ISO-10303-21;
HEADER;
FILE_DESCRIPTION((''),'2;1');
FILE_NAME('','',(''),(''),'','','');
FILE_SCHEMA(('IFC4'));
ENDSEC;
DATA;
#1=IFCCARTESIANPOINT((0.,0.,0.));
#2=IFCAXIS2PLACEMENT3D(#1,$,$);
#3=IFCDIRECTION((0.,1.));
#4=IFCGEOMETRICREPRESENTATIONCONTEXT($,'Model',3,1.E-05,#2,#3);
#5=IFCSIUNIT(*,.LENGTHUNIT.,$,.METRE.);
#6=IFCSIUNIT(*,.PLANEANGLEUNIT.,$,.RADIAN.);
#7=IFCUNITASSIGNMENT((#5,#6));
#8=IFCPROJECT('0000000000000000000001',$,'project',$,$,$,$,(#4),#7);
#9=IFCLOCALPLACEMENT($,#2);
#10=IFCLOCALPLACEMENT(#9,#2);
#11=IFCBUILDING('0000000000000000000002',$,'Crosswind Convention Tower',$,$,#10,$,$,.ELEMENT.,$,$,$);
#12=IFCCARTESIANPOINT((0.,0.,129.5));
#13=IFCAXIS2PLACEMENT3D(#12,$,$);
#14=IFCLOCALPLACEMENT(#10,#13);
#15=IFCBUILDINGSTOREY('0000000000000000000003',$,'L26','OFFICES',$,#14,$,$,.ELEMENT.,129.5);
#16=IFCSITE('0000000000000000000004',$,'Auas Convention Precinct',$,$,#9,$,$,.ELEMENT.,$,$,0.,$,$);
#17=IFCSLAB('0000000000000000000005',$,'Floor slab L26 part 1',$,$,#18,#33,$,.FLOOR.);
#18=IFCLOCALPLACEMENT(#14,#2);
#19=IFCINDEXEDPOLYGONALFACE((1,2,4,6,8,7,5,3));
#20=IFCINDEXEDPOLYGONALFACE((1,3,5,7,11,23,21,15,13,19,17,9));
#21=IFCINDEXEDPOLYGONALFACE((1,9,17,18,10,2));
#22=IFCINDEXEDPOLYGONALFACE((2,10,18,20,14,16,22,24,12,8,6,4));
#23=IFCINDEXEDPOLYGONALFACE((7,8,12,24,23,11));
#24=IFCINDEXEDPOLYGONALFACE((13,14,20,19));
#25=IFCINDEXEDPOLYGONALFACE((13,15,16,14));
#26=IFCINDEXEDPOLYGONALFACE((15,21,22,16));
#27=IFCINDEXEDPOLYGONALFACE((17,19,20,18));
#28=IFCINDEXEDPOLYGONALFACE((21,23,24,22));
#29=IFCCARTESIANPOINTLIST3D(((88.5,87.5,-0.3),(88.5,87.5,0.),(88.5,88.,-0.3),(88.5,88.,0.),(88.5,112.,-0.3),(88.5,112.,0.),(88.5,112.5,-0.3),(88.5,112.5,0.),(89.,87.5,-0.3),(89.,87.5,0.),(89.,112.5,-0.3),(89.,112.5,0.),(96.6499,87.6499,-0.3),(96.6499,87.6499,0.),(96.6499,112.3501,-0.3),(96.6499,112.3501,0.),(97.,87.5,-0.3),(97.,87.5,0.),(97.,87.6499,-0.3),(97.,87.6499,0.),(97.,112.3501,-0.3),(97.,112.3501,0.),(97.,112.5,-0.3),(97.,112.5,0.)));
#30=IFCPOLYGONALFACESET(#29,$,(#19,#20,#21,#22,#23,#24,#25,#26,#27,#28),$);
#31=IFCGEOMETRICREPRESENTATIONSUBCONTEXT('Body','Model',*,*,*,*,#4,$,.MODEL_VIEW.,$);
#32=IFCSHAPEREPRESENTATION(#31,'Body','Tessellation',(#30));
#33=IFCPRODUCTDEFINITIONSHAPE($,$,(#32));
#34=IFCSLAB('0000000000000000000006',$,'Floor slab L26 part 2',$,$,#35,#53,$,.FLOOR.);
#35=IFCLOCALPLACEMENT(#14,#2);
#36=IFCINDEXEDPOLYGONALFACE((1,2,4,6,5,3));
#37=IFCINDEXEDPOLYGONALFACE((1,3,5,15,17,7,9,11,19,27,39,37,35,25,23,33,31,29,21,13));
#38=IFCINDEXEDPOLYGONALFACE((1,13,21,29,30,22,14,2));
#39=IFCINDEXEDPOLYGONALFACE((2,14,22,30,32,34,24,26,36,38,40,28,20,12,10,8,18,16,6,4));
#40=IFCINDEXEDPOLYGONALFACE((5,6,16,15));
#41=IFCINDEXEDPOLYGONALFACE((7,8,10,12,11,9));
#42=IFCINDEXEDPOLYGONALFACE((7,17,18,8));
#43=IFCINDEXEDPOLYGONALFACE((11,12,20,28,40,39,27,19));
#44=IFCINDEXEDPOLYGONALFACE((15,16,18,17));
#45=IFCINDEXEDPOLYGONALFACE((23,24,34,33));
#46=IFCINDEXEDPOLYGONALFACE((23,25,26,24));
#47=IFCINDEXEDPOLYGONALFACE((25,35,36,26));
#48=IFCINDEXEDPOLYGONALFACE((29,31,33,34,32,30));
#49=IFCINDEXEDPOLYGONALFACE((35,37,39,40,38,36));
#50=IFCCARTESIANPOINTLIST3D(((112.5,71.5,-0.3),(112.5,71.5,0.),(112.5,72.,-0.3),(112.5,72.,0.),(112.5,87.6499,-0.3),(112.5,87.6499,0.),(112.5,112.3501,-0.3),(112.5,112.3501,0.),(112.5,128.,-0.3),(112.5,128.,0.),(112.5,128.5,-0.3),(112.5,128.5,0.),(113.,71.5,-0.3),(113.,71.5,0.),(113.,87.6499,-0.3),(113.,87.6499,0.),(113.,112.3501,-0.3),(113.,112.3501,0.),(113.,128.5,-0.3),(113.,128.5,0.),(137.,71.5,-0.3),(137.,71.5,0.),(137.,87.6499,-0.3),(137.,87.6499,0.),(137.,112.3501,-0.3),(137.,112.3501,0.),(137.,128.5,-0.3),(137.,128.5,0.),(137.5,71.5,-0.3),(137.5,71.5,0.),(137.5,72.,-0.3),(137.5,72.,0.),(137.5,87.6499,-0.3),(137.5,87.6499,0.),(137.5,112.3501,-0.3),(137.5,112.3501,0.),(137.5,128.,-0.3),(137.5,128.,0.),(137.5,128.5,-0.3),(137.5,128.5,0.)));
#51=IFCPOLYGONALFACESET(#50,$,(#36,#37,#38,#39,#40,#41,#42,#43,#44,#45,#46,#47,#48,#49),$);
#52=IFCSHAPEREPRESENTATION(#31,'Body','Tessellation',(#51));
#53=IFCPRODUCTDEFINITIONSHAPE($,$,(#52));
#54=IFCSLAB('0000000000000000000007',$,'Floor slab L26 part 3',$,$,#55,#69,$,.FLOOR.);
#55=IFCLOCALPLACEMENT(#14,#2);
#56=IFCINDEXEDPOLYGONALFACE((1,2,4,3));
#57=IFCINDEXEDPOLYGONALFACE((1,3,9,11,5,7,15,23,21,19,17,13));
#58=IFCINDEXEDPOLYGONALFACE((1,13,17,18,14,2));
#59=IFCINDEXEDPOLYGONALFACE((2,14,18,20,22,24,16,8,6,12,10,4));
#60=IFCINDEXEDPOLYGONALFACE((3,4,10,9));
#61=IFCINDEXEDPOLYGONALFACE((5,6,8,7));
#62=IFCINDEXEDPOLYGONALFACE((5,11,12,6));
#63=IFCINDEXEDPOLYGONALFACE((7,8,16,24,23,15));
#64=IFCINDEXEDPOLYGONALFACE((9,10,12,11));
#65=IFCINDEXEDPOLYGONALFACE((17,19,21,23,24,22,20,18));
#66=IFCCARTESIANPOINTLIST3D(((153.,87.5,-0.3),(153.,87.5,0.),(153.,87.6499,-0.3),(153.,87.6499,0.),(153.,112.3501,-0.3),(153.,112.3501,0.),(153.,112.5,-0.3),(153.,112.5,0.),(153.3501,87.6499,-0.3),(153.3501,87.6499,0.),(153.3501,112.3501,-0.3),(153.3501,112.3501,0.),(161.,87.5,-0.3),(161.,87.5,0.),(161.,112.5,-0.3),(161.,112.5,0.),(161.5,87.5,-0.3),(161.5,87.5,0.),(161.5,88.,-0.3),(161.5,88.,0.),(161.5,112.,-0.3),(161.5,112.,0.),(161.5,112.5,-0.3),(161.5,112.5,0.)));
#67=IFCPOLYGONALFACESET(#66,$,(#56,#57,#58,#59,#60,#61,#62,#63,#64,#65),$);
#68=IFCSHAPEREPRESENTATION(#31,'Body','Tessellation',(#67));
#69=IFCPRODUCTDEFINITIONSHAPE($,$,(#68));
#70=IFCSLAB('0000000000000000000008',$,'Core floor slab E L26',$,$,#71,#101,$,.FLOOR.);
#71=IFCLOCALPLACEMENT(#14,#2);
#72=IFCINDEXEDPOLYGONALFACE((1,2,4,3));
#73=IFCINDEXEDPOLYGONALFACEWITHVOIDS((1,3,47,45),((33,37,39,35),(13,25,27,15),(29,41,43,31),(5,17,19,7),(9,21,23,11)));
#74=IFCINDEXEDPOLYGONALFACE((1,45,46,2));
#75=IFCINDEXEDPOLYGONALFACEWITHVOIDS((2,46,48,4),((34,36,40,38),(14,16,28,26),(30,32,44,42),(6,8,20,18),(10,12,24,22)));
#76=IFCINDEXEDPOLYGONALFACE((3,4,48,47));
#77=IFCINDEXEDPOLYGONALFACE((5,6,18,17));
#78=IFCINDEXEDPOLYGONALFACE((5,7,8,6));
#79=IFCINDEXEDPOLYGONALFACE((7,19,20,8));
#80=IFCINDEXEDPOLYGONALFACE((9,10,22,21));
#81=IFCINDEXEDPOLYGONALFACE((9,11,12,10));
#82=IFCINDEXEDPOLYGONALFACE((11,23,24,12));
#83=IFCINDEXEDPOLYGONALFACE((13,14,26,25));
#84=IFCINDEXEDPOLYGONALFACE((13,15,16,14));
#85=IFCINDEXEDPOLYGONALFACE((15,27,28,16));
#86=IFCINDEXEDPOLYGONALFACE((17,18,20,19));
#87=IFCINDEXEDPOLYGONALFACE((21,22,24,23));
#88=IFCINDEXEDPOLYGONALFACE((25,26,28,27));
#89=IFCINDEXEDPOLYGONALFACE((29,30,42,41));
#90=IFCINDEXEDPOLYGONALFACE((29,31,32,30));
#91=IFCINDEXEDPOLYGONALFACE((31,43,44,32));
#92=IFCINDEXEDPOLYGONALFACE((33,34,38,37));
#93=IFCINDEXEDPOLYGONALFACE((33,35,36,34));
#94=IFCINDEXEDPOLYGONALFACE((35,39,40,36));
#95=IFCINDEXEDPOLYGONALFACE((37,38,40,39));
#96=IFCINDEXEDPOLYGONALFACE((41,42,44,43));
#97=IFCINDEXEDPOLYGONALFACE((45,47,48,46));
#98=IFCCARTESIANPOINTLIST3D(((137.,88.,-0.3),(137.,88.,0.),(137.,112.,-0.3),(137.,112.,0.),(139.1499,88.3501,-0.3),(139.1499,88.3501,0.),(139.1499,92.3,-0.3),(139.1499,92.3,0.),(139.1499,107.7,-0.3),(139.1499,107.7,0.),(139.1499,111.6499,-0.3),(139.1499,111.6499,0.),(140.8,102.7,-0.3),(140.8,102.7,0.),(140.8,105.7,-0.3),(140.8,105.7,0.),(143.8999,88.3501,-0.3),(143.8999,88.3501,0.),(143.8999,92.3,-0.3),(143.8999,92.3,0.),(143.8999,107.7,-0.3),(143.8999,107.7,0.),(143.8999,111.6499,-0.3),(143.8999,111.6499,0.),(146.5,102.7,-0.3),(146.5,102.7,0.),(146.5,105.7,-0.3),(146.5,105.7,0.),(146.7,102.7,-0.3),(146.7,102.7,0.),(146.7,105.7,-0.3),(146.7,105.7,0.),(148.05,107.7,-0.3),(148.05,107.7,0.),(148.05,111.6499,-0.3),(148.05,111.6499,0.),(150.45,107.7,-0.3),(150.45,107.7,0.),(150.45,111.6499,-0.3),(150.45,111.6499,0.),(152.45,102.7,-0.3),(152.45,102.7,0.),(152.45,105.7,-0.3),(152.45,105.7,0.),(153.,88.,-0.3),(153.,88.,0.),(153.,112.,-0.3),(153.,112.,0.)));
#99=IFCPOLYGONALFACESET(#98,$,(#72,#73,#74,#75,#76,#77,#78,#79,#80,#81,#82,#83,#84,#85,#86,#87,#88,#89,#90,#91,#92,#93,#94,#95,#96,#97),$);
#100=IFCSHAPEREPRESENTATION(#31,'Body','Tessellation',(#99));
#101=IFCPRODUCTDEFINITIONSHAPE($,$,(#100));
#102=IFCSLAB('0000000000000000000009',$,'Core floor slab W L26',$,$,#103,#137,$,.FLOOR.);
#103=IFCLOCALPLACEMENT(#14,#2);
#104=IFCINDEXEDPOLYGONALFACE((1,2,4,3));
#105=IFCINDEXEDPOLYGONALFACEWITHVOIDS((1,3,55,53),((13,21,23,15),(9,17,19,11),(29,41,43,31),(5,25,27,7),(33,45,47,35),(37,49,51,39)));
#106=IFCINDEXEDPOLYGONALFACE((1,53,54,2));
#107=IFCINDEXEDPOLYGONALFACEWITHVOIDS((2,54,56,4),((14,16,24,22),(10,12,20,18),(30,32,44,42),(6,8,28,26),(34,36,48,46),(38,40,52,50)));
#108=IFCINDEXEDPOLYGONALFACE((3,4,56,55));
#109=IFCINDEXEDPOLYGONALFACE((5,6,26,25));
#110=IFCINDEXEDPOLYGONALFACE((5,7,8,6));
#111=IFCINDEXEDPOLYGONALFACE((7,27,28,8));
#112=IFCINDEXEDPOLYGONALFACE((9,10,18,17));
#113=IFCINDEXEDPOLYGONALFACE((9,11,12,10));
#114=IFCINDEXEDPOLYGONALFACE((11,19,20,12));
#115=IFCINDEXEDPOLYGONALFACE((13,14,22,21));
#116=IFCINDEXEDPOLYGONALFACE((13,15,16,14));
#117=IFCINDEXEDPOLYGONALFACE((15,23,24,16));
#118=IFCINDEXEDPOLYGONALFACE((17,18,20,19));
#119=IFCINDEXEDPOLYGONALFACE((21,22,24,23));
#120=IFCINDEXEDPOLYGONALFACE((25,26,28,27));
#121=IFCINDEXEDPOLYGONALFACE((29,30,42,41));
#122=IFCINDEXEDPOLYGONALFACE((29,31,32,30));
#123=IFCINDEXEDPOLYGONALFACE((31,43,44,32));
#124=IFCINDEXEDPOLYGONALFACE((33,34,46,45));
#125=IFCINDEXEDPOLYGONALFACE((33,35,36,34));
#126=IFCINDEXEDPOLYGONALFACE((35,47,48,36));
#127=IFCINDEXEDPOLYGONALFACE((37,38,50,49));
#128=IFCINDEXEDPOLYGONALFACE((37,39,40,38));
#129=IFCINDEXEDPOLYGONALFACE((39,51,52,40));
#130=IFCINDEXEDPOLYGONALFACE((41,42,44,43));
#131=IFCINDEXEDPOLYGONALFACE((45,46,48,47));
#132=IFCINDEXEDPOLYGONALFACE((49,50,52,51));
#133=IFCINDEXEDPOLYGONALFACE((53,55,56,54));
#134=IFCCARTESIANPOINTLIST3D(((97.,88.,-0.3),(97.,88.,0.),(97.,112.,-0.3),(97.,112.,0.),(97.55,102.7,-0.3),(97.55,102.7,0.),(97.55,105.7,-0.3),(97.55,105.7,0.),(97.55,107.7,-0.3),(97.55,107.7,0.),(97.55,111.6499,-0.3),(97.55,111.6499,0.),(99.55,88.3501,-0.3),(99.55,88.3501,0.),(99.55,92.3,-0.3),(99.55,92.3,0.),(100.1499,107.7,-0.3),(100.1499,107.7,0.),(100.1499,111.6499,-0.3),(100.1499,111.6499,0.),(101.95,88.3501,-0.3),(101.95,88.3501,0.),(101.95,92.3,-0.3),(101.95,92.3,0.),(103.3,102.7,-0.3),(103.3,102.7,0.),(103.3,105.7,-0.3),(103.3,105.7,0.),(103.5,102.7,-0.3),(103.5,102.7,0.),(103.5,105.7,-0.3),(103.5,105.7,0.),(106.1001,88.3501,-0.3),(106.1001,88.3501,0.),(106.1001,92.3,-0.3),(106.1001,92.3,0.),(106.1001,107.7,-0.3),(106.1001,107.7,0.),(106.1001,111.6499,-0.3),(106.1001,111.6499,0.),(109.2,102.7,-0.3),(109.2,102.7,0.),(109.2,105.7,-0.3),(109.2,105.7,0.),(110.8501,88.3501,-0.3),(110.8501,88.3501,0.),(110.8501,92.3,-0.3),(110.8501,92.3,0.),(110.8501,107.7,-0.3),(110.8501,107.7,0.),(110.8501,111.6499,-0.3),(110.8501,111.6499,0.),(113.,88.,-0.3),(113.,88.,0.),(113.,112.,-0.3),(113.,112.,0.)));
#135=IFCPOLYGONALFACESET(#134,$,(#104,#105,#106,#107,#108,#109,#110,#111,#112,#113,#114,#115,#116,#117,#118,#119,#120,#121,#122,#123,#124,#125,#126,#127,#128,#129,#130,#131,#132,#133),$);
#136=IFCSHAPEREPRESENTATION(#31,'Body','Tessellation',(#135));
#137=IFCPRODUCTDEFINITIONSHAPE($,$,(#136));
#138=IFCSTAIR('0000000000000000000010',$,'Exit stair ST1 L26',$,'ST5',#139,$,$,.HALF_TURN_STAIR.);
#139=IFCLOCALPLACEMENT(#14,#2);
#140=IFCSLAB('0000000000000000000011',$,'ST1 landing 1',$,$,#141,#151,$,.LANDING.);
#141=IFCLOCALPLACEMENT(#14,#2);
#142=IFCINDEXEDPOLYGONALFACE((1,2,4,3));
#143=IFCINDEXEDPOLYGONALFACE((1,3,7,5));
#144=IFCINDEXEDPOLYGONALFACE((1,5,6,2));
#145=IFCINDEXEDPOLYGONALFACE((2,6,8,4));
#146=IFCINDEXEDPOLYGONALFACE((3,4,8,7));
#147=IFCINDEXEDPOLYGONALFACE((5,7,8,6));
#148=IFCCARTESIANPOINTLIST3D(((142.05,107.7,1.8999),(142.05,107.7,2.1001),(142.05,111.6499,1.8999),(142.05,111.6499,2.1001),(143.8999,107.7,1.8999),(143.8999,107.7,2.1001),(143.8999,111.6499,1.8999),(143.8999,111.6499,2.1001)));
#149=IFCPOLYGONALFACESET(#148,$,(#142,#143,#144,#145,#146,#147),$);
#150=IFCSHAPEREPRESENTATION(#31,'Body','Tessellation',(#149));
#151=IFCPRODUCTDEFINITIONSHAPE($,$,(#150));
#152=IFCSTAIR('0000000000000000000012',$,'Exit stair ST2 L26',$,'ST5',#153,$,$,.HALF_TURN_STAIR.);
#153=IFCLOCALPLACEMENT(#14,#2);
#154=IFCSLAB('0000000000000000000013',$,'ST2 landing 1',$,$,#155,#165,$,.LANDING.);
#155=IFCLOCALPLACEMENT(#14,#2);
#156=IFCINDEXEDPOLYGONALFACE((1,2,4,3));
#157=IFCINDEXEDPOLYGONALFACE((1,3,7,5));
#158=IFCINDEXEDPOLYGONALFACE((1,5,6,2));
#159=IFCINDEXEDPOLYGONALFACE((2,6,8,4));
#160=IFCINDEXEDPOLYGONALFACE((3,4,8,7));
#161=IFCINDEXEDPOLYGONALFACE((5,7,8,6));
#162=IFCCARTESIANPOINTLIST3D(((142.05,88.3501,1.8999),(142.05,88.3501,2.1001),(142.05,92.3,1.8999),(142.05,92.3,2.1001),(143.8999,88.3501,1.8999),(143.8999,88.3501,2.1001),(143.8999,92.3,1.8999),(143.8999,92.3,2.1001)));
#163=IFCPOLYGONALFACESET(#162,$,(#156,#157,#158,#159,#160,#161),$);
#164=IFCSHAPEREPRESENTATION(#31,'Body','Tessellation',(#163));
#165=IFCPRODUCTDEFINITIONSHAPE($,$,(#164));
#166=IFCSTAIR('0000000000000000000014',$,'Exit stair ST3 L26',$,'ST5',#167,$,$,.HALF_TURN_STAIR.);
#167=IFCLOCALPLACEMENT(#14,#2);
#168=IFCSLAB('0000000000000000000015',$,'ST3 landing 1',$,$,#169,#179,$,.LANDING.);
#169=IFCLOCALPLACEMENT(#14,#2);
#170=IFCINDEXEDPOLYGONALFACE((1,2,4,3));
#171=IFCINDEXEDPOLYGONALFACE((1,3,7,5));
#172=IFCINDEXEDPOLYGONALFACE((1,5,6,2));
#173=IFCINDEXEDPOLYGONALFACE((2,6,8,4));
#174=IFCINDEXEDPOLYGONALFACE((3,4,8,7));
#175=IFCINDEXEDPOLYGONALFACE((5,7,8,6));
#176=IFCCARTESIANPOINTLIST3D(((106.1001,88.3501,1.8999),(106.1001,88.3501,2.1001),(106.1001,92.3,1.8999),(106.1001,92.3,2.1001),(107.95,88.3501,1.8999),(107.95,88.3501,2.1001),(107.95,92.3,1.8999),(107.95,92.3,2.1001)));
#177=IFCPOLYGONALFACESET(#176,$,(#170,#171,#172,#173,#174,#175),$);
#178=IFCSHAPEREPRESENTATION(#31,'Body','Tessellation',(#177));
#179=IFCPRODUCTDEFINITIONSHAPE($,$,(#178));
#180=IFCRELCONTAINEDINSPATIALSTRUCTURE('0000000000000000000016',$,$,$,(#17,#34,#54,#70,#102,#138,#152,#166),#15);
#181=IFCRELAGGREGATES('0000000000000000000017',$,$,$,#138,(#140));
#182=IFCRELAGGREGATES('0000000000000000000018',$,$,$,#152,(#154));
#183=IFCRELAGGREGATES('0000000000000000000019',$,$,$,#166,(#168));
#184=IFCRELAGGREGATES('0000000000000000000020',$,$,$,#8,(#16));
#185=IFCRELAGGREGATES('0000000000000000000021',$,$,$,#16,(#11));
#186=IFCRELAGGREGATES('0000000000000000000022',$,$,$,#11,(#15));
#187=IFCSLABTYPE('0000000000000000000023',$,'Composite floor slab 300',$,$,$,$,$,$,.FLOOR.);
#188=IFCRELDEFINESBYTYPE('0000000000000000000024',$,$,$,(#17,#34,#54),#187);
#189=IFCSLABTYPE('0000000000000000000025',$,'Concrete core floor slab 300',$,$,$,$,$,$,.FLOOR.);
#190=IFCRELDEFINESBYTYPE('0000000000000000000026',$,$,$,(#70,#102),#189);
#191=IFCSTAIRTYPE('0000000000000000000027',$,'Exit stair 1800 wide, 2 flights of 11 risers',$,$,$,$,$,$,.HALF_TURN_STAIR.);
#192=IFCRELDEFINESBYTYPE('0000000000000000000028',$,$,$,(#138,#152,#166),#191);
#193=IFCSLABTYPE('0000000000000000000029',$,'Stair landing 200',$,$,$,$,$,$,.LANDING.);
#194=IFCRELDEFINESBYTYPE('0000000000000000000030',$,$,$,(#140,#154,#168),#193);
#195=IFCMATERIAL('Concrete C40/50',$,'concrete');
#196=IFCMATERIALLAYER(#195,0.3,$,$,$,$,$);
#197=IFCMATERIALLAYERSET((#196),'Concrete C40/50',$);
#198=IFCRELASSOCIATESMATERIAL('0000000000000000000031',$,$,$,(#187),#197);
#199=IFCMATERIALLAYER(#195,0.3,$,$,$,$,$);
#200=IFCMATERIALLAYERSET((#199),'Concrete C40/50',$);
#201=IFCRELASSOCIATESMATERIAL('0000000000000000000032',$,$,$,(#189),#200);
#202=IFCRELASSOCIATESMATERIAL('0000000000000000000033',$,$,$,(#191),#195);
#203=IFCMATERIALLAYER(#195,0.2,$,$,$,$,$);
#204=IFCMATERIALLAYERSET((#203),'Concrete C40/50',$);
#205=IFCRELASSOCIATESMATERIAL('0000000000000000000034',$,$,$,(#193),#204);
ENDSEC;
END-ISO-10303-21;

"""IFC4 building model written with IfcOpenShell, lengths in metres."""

from ifc_helpers import new_model, si_unit, direction, frame, origin, place, context, subcontext, project, spatial, polyline, outline, extrude, material, layer, layer_set, type_object, element, aggregate, save


model = new_model("IFC4")

# Units and contexts
model_context = context("Model", 3, precision=1e-05, world=origin(), true_north=direction((0.0, 1.0)))
body_context = subcontext(model_context, "Body", "Model", "MODEL_VIEW")
ifc_project = project(units=[si_unit("LENGTHUNIT", "METRE"), si_unit("PLANEANGLEUNIT", "RADIAN")], contexts=[model_context])

# Site, building, storey
site_placement = place(None, origin())
site = spatial("IfcSite", under=ifc_project, at=site_placement, Name="Auas Convention Precinct", CompositionType="ELEMENT", RefElevation=0.0)
building_placement = place(site_placement, origin())
building = spatial("IfcBuilding", under=site, at=building_placement, Name="Crosswind Convention Tower", CompositionType="ELEMENT")
storey_placement = place(building_placement, frame((0.0, 0.0, 129.5)))
storey = spatial("IfcBuildingStorey", under=building, at=storey_placement, Name="L26", Description="OFFICES", CompositionType="ELEMENT", Elevation=129.5)

# Slabs
ifc_material_1 = material(Name="Concrete C40/50", Category="concrete")
ifc_layer_1 = layer(ifc_material_1, 0.3)
ifc_layer_set_1 = layer_set([ifc_layer_1], Name="Concrete C40/50")
slab_type_1 = type_object("IfcSlabType", Name="Composite floor slab 300", PredefinedType="FLOOR", material=ifc_layer_set_1)
slab_1_placement = place(storey_placement, frame((0.0, 0.0, -0.3)))
element("IfcSlab", 1, at=slab_1_placement, inside=storey, type_object=slab_type_1, Name="Floor slab L26 part 1", PredefinedType="FLOOR", context=body_context, shape_type="SweptSolid", body=[
    extrude(outline(polyline([(97.0, 87.5), (89.0, 87.5), (88.5, 87.5), (88.5, 88.0), (88.5, 112.0), (88.5, 112.5), (89.0, 112.5), (97.0, 112.5), (97.0, 112.3501), (96.6499, 112.3501), (96.6499, 87.6499), (97.0, 87.6499), (97.0, 87.5)])), origin(), (0.0, 0.0, 1.0), 0.3),
])
slab_2_placement = place(storey_placement, frame((0.0, 0.0, -0.3)))
element("IfcSlab", 2, at=slab_2_placement, inside=storey, type_object=slab_type_1, Name="Floor slab L26 part 2", PredefinedType="FLOOR", context=body_context, shape_type="SweptSolid", body=[
    extrude(outline(polyline([(112.5, 87.6499), (113.0, 87.6499), (113.0, 112.3501), (112.5, 112.3501), (112.5, 128.0), (112.5, 128.5), (113.0, 128.5), (137.0, 128.5), (137.5, 128.5), (137.5, 128.0), (137.5, 112.3501), (137.0, 112.3501), (137.0, 87.6499), (137.5, 87.6499), (137.5, 72.0), (137.5, 71.5), (137.0, 71.5), (113.0, 71.5), (112.5, 71.5), (112.5, 72.0), (112.5, 87.6499)])), origin(), (0.0, 0.0, 1.0), 0.3),
])
slab_3_placement = place(storey_placement, frame((0.0, 0.0, -0.3)))
element("IfcSlab", 3, at=slab_3_placement, inside=storey, type_object=slab_type_1, Name="Floor slab L26 part 3", PredefinedType="FLOOR", context=body_context, shape_type="SweptSolid", body=[
    extrude(outline(polyline([(153.0, 112.5), (161.0, 112.5), (161.5, 112.5), (161.5, 112.0), (161.5, 88.0), (161.5, 87.5), (161.0, 87.5), (153.0, 87.5), (153.0, 87.6499), (153.3501, 87.6499), (153.3501, 112.3501), (153.0, 112.3501), (153.0, 112.5)])), origin(), (0.0, 0.0, 1.0), 0.3),
])
ifc_layer_2 = layer(ifc_material_1, 0.3)
ifc_layer_set_2 = layer_set([ifc_layer_2], Name="Concrete C40/50")
slab_type_2 = type_object("IfcSlabType", Name="Concrete core floor slab 300", PredefinedType="FLOOR", material=ifc_layer_set_2)
slab_4_placement = place(storey_placement, frame((0.0, 0.0, -0.3)))
element("IfcSlab", 4, at=slab_4_placement, inside=storey, type_object=slab_type_2, Name="Core floor slab E L26", PredefinedType="FLOOR", context=body_context, shape_type="SweptSolid", body=[
    extrude(outline(polyline([(137.0, 88.0), (153.0, 88.0), (153.0, 112.0), (137.0, 112.0), (137.0, 88.0)]), holes=[polyline([(146.5, 102.7), (146.5, 105.7), (140.8, 105.7), (140.8, 102.7), (146.5, 102.7)]), polyline([(152.45, 102.7), (152.45, 105.7), (146.7, 105.7), (146.7, 102.7), (152.45, 102.7)]), polyline([(150.45, 107.7), (150.45, 111.6499), (148.05, 111.6499), (148.05, 107.7), (150.45, 107.7)]), polyline([(143.8999, 107.7), (143.8999, 111.6499), (139.1499, 111.6499), (139.1499, 107.7), (143.8999, 107.7)]), polyline([(143.8999, 88.3501), (143.8999, 92.3), (139.1499, 92.3), (139.1499, 88.3501), (143.8999, 88.3501)])]), origin(), (0.0, 0.0, 1.0), 0.3),
])
slab_5_placement = place(storey_placement, frame((0.0, 0.0, -0.3)))
element("IfcSlab", 5, at=slab_5_placement, inside=storey, type_object=slab_type_2, Name="Core floor slab W L26", PredefinedType="FLOOR", context=body_context, shape_type="SweptSolid", body=[
    extrude(outline(polyline([(97.0, 88.0), (113.0, 88.0), (113.0, 112.0), (97.0, 112.0), (97.0, 88.0)]), holes=[polyline([(109.2, 102.7), (109.2, 105.7), (103.5, 105.7), (103.5, 102.7), (109.2, 102.7)]), polyline([(103.3, 102.7), (103.3, 105.7), (97.55, 105.7), (97.55, 102.7), (103.3, 102.7)]), polyline([(101.95, 88.3501), (101.95, 92.3), (99.55, 92.3), (99.55, 88.3501), (101.95, 88.3501)]), polyline([(100.1499, 107.7), (100.1499, 111.6499), (97.55, 111.6499), (97.55, 107.7), (100.1499, 107.7)]), polyline([(110.8501, 88.3501), (110.8501, 92.3), (106.1001, 92.3), (106.1001, 88.3501), (110.8501, 88.3501)]), polyline([(110.8501, 107.7), (110.8501, 111.6499), (106.1001, 111.6499), (106.1001, 107.7), (110.8501, 107.7)])]), origin(), (0.0, 0.0, 1.0), 0.3),
])

# Stairs, slabs
stair_type = type_object("IfcStairType", Name="Exit stair 1800 wide, 2 flights of 11 risers", PredefinedType="HALF_TURN_STAIR", material=ifc_material_1)
stair_1_placement = place(storey_placement, origin())
stair_1 = element("IfcStair", 6, at=stair_1_placement, inside=storey, type_object=stair_type, Name="Exit stair ST1 L26", ObjectType="ST5", PredefinedType="HALF_TURN_STAIR")
ifc_layer_3 = layer(ifc_material_1, 0.2)
ifc_layer_set_3 = layer_set([ifc_layer_3], Name="Concrete C40/50")
slab_type_3 = type_object("IfcSlabType", Name="Stair landing 200", PredefinedType="LANDING", material=ifc_layer_set_3)
slab_6_placement = place(storey_placement, frame((0.0, 0.0, 1.8999)))
slab_6 = element("IfcSlab", 7, at=slab_6_placement, type_object=slab_type_3, Name="ST1 landing 1", PredefinedType="LANDING", context=body_context, shape_type="SweptSolid", body=[
    extrude(outline(polyline([(143.8999, 107.7), (143.8999, 111.6499), (142.05, 111.6499), (142.05, 107.7), (143.8999, 107.7)])), origin(), (0.0, 0.0, 1.0), 0.2002),
])
aggregate(stair_1, [slab_6])
stair_2_placement = place(storey_placement, origin())
stair_2 = element("IfcStair", 8, at=stair_2_placement, inside=storey, type_object=stair_type, Name="Exit stair ST2 L26", ObjectType="ST5", PredefinedType="HALF_TURN_STAIR")
slab_7_placement = place(storey_placement, frame((0.0, 0.0, 1.8999)))
slab_7 = element("IfcSlab", 9, at=slab_7_placement, type_object=slab_type_3, Name="ST2 landing 1", PredefinedType="LANDING", context=body_context, shape_type="SweptSolid", body=[
    extrude(outline(polyline([(143.8999, 88.3501), (143.8999, 92.3), (142.05, 92.3), (142.05, 88.3501), (143.8999, 88.3501)])), origin(), (0.0, 0.0, 1.0), 0.2002),
])
aggregate(stair_2, [slab_7])
stair_3_placement = place(storey_placement, origin())
stair_3 = element("IfcStair", 10, at=stair_3_placement, inside=storey, type_object=stair_type, Name="Exit stair ST3 L26", ObjectType="ST5", PredefinedType="HALF_TURN_STAIR")
slab_8_placement = place(storey_placement, frame((0.0, 0.0, 1.8999)))
slab_8 = element("IfcSlab", 11, at=slab_8_placement, type_object=slab_type_3, Name="ST3 landing 1", PredefinedType="LANDING", context=body_context, shape_type="SweptSolid", body=[
    extrude(outline(polyline([(107.95, 88.3501), (107.95, 92.3), (106.1001, 92.3), (106.1001, 88.3501), (107.95, 88.3501)])), origin(), (0.0, 0.0, 1.0), 0.2002),
])
aggregate(stair_3, [slab_8])

save(model, "model.ifc")
